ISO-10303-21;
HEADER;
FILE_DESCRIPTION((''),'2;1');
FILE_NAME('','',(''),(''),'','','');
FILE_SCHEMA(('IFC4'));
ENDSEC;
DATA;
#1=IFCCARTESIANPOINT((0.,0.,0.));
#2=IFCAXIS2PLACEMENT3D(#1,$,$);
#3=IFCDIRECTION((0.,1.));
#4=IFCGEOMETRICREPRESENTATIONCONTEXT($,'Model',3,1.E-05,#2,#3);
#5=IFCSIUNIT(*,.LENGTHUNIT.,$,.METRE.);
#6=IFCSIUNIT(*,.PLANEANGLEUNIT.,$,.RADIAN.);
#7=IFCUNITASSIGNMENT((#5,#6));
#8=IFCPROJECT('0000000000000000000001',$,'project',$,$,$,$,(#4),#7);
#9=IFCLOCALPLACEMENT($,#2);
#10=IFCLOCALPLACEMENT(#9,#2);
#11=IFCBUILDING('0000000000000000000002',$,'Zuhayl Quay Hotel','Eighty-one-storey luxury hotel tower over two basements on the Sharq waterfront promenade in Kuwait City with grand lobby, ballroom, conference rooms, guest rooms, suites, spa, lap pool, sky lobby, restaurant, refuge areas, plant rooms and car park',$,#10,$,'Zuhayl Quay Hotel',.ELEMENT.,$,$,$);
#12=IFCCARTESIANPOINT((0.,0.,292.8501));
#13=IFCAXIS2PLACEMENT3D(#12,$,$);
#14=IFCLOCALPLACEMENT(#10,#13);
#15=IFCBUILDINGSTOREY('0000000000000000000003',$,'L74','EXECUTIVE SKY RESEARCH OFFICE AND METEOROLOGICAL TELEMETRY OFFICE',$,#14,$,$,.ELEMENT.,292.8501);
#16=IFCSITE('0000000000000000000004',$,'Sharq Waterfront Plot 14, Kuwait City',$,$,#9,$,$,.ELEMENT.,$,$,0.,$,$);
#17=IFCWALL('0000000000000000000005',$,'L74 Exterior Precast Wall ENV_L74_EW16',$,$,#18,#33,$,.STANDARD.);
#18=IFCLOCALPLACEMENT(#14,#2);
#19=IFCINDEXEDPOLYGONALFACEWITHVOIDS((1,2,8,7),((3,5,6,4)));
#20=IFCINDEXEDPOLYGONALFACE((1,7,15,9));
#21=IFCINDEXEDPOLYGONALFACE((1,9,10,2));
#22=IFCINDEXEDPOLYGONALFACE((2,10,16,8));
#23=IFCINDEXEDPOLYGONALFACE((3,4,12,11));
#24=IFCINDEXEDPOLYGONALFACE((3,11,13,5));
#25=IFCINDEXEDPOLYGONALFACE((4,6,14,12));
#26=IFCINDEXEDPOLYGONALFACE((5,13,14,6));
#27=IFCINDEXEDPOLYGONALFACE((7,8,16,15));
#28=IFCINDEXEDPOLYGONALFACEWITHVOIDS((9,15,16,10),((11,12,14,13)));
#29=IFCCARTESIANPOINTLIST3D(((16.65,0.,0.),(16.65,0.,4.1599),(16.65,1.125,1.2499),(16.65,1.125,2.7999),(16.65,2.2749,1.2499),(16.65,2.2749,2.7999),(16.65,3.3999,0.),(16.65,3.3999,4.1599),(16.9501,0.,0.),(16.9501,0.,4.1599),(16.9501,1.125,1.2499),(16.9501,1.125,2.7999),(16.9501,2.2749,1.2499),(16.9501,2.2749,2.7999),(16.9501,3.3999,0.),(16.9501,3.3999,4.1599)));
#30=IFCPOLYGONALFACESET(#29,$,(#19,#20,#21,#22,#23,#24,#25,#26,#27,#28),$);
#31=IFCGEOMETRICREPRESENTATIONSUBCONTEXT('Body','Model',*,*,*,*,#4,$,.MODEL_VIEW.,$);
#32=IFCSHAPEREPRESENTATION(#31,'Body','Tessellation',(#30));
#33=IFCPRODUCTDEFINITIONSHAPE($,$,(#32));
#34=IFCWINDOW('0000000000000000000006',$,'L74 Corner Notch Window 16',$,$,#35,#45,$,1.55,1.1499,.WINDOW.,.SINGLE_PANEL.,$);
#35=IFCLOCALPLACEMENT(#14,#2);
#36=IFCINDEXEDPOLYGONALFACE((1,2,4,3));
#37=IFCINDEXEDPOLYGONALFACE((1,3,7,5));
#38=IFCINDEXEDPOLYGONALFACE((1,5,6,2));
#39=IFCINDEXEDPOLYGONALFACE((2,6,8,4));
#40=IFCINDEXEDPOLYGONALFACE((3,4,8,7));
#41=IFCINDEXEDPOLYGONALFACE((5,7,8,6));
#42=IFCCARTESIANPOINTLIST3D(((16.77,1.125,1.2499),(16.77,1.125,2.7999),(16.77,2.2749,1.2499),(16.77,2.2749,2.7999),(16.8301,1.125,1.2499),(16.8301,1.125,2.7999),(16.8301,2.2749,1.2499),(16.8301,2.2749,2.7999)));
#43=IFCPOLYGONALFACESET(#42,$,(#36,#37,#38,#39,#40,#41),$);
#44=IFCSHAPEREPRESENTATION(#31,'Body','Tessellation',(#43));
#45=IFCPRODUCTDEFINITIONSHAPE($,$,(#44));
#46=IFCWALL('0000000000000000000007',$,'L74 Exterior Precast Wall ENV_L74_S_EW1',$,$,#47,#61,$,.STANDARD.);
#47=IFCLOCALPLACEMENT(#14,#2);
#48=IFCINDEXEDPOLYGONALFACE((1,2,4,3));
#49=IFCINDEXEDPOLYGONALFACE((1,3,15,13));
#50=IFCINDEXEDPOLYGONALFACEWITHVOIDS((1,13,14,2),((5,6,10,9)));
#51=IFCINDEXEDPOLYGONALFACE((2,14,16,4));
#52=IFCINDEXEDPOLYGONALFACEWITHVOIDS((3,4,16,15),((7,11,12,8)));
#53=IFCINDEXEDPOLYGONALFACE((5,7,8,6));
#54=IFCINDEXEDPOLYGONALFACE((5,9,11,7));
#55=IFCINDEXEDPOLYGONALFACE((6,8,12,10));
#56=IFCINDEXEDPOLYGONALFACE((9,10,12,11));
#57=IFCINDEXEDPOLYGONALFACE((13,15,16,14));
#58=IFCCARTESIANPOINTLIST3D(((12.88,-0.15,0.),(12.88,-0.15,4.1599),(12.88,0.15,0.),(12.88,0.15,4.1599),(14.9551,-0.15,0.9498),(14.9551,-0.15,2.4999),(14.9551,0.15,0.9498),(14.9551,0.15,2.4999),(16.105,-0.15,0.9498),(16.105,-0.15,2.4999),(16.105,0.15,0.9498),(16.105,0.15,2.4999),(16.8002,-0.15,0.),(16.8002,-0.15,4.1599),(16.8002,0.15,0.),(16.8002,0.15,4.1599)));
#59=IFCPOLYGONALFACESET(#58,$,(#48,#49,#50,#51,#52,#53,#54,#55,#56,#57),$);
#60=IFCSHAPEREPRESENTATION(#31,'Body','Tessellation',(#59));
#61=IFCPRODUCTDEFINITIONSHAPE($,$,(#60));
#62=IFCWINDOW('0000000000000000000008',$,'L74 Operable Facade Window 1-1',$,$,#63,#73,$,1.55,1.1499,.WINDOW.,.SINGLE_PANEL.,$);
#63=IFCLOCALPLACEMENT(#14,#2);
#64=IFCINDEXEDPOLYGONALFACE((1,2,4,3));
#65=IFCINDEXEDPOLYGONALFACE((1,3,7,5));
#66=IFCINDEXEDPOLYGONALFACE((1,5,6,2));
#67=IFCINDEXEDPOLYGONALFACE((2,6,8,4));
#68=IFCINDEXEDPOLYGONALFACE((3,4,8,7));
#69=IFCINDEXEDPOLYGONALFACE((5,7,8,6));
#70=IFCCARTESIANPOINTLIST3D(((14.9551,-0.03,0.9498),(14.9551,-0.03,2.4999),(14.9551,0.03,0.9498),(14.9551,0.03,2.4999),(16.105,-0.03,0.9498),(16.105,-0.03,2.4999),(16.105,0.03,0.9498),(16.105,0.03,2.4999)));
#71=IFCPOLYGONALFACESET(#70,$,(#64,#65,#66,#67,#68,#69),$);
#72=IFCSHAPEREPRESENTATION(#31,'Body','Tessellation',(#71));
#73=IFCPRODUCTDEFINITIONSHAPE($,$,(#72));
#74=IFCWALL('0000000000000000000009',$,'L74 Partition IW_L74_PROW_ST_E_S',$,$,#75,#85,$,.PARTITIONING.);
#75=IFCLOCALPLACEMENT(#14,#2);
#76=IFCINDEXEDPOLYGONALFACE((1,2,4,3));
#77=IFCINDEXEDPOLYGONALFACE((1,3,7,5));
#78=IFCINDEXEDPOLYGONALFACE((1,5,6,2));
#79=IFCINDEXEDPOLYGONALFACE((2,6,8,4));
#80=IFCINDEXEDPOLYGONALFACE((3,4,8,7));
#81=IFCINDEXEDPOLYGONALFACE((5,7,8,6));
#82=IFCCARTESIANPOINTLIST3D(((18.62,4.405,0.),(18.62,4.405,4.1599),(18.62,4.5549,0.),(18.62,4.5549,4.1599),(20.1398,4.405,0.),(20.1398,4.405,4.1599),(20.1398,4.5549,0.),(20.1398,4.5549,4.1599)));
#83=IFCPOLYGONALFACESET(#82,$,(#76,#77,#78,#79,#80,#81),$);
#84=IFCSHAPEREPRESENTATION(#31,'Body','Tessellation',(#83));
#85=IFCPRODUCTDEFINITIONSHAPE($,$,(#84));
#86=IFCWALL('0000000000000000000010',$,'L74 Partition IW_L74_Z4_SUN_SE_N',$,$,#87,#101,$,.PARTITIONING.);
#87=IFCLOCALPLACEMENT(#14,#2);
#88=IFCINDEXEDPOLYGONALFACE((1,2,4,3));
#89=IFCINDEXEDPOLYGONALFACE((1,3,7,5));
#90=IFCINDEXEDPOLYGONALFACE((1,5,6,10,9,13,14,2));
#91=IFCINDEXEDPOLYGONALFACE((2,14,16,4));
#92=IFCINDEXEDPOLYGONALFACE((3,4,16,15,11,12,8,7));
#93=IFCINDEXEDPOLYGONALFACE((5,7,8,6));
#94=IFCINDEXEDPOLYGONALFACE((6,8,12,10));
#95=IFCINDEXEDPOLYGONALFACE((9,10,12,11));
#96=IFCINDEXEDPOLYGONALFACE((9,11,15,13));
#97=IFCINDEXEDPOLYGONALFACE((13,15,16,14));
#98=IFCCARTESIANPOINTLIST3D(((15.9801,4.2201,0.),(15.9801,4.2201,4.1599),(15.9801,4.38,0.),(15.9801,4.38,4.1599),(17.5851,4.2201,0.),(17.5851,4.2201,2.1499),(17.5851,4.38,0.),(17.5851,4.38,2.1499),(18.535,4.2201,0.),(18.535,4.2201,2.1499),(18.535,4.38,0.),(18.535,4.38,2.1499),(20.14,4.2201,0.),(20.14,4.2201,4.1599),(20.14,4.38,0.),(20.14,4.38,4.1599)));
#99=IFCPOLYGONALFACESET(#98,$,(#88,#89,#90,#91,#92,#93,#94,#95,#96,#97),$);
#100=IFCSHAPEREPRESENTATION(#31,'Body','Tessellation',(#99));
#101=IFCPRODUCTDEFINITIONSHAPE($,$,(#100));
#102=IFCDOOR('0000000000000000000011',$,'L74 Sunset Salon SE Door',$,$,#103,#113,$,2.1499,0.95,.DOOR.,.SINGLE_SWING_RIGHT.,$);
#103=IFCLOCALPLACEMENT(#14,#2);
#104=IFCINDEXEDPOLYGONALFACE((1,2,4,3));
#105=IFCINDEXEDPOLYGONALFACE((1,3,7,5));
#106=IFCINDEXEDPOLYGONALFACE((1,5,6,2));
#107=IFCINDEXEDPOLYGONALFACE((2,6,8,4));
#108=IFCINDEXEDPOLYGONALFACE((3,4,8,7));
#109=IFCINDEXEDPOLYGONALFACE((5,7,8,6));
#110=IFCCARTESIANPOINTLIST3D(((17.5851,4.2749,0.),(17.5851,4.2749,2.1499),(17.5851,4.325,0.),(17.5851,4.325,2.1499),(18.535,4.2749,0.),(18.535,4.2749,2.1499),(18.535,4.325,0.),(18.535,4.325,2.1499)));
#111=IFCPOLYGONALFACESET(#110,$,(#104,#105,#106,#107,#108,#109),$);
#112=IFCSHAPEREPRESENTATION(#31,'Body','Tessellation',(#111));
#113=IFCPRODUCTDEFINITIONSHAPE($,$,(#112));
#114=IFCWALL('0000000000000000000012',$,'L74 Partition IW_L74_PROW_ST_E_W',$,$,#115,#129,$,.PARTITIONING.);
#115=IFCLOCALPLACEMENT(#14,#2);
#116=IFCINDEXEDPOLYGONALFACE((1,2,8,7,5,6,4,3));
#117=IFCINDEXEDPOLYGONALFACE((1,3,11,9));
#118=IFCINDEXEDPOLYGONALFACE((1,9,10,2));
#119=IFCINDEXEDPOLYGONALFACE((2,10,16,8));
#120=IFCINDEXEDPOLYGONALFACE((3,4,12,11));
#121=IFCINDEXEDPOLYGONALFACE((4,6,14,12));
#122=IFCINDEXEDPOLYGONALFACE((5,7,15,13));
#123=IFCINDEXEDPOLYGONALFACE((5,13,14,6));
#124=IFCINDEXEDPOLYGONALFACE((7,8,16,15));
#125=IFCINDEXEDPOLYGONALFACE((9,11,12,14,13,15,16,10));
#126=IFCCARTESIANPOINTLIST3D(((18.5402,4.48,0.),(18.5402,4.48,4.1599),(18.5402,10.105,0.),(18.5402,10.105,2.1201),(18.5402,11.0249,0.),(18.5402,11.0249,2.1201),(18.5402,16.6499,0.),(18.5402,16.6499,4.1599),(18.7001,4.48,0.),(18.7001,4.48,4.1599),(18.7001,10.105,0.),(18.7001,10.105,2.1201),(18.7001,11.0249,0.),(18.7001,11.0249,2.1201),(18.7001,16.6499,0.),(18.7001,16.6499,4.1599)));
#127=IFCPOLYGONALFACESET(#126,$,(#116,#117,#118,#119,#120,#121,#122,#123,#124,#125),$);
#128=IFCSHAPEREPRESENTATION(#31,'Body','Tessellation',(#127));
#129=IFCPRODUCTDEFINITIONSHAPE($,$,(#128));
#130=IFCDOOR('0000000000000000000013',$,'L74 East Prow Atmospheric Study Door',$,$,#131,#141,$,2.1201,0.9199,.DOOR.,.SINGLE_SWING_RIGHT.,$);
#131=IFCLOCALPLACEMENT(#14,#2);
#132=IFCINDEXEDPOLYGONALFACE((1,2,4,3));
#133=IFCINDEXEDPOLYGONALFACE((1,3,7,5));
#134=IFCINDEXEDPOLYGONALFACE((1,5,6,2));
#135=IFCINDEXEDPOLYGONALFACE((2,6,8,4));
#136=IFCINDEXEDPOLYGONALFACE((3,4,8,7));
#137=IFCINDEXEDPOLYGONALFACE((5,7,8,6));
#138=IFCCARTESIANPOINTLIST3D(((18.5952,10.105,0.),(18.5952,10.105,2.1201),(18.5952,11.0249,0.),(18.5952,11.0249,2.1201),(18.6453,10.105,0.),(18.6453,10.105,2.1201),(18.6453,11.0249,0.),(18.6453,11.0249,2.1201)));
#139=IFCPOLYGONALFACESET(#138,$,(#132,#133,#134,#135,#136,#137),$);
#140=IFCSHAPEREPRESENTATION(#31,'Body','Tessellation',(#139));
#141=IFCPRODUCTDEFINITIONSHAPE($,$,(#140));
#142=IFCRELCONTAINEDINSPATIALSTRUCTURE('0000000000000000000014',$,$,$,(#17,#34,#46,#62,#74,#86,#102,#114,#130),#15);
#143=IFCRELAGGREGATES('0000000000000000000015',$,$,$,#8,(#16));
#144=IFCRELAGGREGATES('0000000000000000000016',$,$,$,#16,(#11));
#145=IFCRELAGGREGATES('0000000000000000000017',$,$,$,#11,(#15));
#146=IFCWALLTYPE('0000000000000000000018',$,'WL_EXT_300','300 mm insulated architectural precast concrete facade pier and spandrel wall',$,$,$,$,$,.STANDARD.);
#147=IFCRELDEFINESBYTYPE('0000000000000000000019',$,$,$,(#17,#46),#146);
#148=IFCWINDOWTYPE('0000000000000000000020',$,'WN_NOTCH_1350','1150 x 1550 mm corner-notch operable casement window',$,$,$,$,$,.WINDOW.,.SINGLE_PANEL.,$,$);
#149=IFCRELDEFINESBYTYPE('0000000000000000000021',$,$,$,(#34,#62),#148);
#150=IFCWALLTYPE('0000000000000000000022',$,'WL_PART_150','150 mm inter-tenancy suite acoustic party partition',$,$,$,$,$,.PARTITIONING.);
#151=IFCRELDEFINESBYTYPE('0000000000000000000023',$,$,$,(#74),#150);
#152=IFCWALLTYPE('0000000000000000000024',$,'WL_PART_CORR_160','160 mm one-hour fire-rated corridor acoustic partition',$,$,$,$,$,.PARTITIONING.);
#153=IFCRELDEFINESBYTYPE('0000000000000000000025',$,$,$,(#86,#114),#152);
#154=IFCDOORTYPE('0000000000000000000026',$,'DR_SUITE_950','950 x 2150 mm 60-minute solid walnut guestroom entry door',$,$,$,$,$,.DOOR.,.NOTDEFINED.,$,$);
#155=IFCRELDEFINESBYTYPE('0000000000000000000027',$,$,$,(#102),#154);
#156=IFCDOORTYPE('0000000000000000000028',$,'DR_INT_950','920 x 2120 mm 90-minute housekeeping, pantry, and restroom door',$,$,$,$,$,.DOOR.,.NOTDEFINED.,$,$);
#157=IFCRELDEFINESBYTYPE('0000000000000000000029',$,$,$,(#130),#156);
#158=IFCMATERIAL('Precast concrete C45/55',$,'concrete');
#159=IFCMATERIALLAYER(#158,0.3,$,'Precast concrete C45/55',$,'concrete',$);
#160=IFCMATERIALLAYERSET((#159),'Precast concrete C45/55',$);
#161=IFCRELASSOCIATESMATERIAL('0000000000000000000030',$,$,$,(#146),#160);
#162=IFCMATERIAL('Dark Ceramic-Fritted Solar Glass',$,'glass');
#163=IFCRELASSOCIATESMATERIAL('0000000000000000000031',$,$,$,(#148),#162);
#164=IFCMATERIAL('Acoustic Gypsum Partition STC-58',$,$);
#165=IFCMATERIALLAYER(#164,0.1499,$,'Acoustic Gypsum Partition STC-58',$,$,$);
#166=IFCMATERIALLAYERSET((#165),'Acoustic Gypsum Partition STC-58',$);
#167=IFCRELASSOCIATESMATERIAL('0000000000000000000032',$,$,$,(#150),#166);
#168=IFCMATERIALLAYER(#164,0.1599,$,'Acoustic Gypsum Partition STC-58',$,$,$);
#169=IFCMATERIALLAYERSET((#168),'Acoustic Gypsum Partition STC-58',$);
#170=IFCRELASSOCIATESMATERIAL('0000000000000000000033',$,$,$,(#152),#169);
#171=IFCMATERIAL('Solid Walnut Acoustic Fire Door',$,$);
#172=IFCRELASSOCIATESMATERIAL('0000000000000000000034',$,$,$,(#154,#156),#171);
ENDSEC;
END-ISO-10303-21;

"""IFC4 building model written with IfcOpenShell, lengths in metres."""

from ifc_helpers import new_model, si_unit, direction, frame, frame_2d, origin, place, context, subcontext, project, spatial, rectangle, extrude, material, layer, layer_set, type_object, element, fill, save


model = new_model("IFC4")

# Units and contexts
model_context = context("Model", 3, precision=1e-05, world=origin(), true_north=direction((0.0, 1.0)))
body_context = subcontext(model_context, "Body", "Model", "MODEL_VIEW")
ifc_project = project(units=[si_unit("LENGTHUNIT", "METRE"), si_unit("PLANEANGLEUNIT", "RADIAN")], contexts=[model_context])

# Site, building, storey
site_placement = place(None, origin())
site = spatial("IfcSite", under=ifc_project, at=site_placement, Name="Sharq Waterfront Plot 14, Kuwait City", CompositionType="ELEMENT", RefElevation=0.0)
building_placement = place(site_placement, origin())
building = spatial("IfcBuilding", under=site, at=building_placement, Name="Zuhayl Quay Hotel", Description="Eighty-one-storey luxury hotel tower over two basements on the Sharq waterfront promenade in Kuwait City with grand lobby, ballroom, conference rooms, guest rooms, suites, spa, lap pool, sky lobby, restaurant, refuge areas, plant rooms and car park", LongName="Zuhayl Quay Hotel", CompositionType="ELEMENT")
storey_placement = place(building_placement, frame((0.0, 0.0, 292.8501)))
storey = spatial("IfcBuildingStorey", under=building, at=storey_placement, Name="L74", Description="EXECUTIVE SKY RESEARCH OFFICE AND METEOROLOGICAL TELEMETRY OFFICE", CompositionType="ELEMENT", Elevation=292.8501)

# Shared definitions
ifc_material_1 = material(Name="Dark Ceramic-Fritted Solar Glass", Category="glass")

# Shared definitions
ifc_material_2 = material(Name="Precast concrete C45/55", Category="concrete")
ifc_layer_1 = layer(ifc_material_2, 0.3, Name="Precast concrete C45/55", Category="concrete")
ifc_layer_set_1 = layer_set([ifc_layer_1], Name="Precast concrete C45/55")
wall_type_1 = type_object("IfcWallType", Name="WL_EXT_300", Description="300 mm insulated architectural precast concrete facade pier and spandrel wall", PredefinedType="STANDARD", material=ifc_layer_set_1)

# Walls, openings, windows
window_type = type_object("IfcWindowType", Name="WN_NOTCH_1350", Description="1150 x 1550 mm corner-notch operable casement window", PartitioningType="SINGLE_PANEL", PredefinedType="WINDOW", material=ifc_material_1)
wall_1_placement = place(storey_placement, frame((16.8, 3.3999, 0.0), z_axis=(0.0, 0.0, 1.0), x_axis=(0.0, -1.0, 0.0)))
wall_1 = element("IfcWall", 1, at=wall_1_placement, inside=storey, type_object=wall_type_1, Name="L74 Exterior Precast Wall ENV_L74_EW16", PredefinedType="STANDARD", context=body_context, shape_type="SweptSolid", body=[
    extrude(rectangle(XDim=3.3999, YDim=0.3, at=frame_2d((1.7, 0.0))), origin(), (0.0, 0.0, 1.0), 4.1599),
])
opening_1_placement = place(wall_1_placement, frame((1.125, 0.0, 1.25)))
opening_1 = element("IfcOpeningElement", 2, at=opening_1_placement, cuts=wall_1, PredefinedType="OPENING", context=body_context, shape_type="SweptSolid", body=[
    extrude(rectangle(XDim=1.1499, YDim=1.55, at=frame_2d((0.575, 0.7749))), frame((0.0, 0.1599, 0.0), z_axis=(0.0, -1.0, 0.0), x_axis=(1.0, 0.0, 0.0)), (0.0, 0.0, 1.0), 0.3201),
])
window_1_placement = place(opening_1_placement, origin())
window_1 = element("IfcWindow", 3, at=window_1_placement, inside=storey, type_object=window_type, Name="L74 Corner Notch Window 16", OverallHeight=1.55, OverallWidth=1.1499, PartitioningType="SINGLE_PANEL", PredefinedType="WINDOW", context=body_context, shape_type="SweptSolid", body=[
    extrude(rectangle(XDim=1.1499, YDim=1.55, at=frame_2d((0.575, 0.7749))), frame((0.0, 0.03, 0.0), z_axis=(0.0, -1.0, 0.0), x_axis=(1.0, 0.0, 0.0)), (0.0, 0.0, 1.0), 0.0601),
])
fill(opening_1, window_1)
wall_2_placement = place(storey_placement, frame((16.8, 0.0, 0.0), z_axis=(0.0, 0.0, 1.0), x_axis=(-1.0, 0.0, 0.0)))
wall_2 = element("IfcWall", 4, at=wall_2_placement, inside=storey, type_object=wall_type_1, Name="L74 Exterior Precast Wall ENV_L74_S_EW1", PredefinedType="STANDARD", context=body_context, shape_type="SweptSolid", body=[
    extrude(rectangle(XDim=3.9202, YDim=0.3, at=frame_2d((1.96, 0.0))), origin(), (0.0, 0.0, 1.0), 4.1599),
])
opening_2_placement = place(wall_2_placement, frame((0.6951, 0.0, 0.95)))
opening_2 = element("IfcOpeningElement", 5, at=opening_2_placement, cuts=wall_2, PredefinedType="OPENING", context=body_context, shape_type="SweptSolid", body=[
    extrude(rectangle(XDim=1.1499, YDim=1.55, at=frame_2d((0.575, 0.7749))), frame((0.0, 0.1599, 0.0), z_axis=(0.0, -1.0, 0.0), x_axis=(1.0, 0.0, 0.0)), (0.0, 0.0, 1.0), 0.3201),
])
window_2_placement = place(opening_2_placement, origin())
window_2 = element("IfcWindow", 6, at=window_2_placement, inside=storey, type_object=window_type, Name="L74 Operable Facade Window 1-1", OverallHeight=1.55, OverallWidth=1.1499, PartitioningType="SINGLE_PANEL", PredefinedType="WINDOW", context=body_context, shape_type="SweptSolid", body=[
    extrude(rectangle(XDim=1.1499, YDim=1.55, at=frame_2d((0.575, 0.7749))), frame((0.0, 0.03, 0.0), z_axis=(0.0, -1.0, 0.0), x_axis=(1.0, 0.0, 0.0)), (0.0, 0.0, 1.0), 0.0601),
])
fill(opening_2, window_2)

# Wall
ifc_material_3 = material(Name="Acoustic Gypsum Partition STC-58")
ifc_layer_2 = layer(ifc_material_3, 0.1499, Name="Acoustic Gypsum Partition STC-58")
ifc_layer_set_2 = layer_set([ifc_layer_2], Name="Acoustic Gypsum Partition STC-58")
wall_type_2 = type_object("IfcWallType", Name="WL_PART_150", Description="150 mm inter-tenancy suite acoustic party partition", PredefinedType="PARTITIONING", material=ifc_layer_set_2)
wall_3_placement = place(storey_placement, frame((18.6201, 4.48, 0.0), z_axis=(0.0, 0.0, 1.0), x_axis=(1.0, 0.0, 0.0)))
element("IfcWall", 7, at=wall_3_placement, inside=storey, type_object=wall_type_2, Name="L74 Partition IW_L74_PROW_ST_E_S", PredefinedType="PARTITIONING", context=body_context, shape_type="SweptSolid", body=[
    extrude(rectangle(XDim=1.5198, YDim=0.1499, at=frame_2d((0.7598, 0.0))), origin(), (0.0, 0.0, 1.0), 4.1599),
])

# Walls, openings, doors
ifc_layer_3 = layer(ifc_material_3, 0.1599, Name="Acoustic Gypsum Partition STC-58")
ifc_layer_set_3 = layer_set([ifc_layer_3], Name="Acoustic Gypsum Partition STC-58")
wall_type_3 = type_object("IfcWallType", Name="WL_PART_CORR_160", Description="160 mm one-hour fire-rated corridor acoustic partition", PredefinedType="PARTITIONING", material=ifc_layer_set_3)
wall_4_placement = place(storey_placement, frame((15.98, 4.3, 0.0), z_axis=(0.0, 0.0, 1.0), x_axis=(1.0, 0.0, 0.0)))
wall_4 = element("IfcWall", 8, at=wall_4_placement, inside=storey, type_object=wall_type_3, Name="L74 Partition IW_L74_Z4_SUN_SE_N", PredefinedType="PARTITIONING", context=body_context, shape_type="SweptSolid", body=[
    extrude(rectangle(XDim=4.1599, YDim=0.1599, at=frame_2d((2.0801, 0.0))), origin(), (0.0, 0.0, 1.0), 4.1599),
])
opening_3_placement = place(wall_4_placement, frame((1.605, 0.0, 0.0)))
opening_3 = element("IfcOpeningElement", 9, at=opening_3_placement, cuts=wall_4, PredefinedType="OPENING", context=body_context, shape_type="SweptSolid", body=[
    extrude(rectangle(XDim=0.95, YDim=2.1499, at=frame_2d((0.4751, 1.075))), frame((0.0, 0.0898, 0.0), z_axis=(0.0, -1.0, 0.0), x_axis=(1.0, 0.0, 0.0)), (0.0, 0.0, 1.0), 0.1799),
])
ifc_material_4 = material(Name="Solid Walnut Acoustic Fire Door")
door_type_1 = type_object("IfcDoorType", Name="DR_SUITE_950", Description="950 x 2150 mm 60-minute solid walnut guestroom entry door", OperationType="NOTDEFINED", PredefinedType="DOOR", material=ifc_material_4)
door_1_placement = place(opening_3_placement, origin())
door_1 = element("IfcDoor", 10, at=door_1_placement, inside=storey, type_object=door_type_1, Name="L74 Sunset Salon SE Door", OperationType="SINGLE_SWING_RIGHT", OverallHeight=2.1499, OverallWidth=0.95, PredefinedType="DOOR", context=body_context, shape_type="SweptSolid", body=[
    extrude(rectangle(XDim=0.95, YDim=2.1499, at=frame_2d((0.4751, 1.075))), frame((0.0, 0.0249, 0.0), z_axis=(0.0, -1.0, 0.0), x_axis=(1.0, 0.0, 0.0)), (0.0, 0.0, 1.0), 0.05),
])
fill(opening_3, door_1)
wall_5_placement = place(storey_placement, frame((18.6201, 4.48, 0.0), z_axis=(0.0, 0.0, 1.0), x_axis=(0.0, 1.0, 0.0)))
wall_5 = element("IfcWall", 11, at=wall_5_placement, inside=storey, type_object=wall_type_3, Name="L74 Partition IW_L74_PROW_ST_E_W", PredefinedType="PARTITIONING", context=body_context, shape_type="SweptSolid", body=[
    extrude(rectangle(XDim=12.1699, YDim=0.1599, at=frame_2d((6.085, 0.0))), origin(), (0.0, 0.0, 1.0), 4.1599),
])
opening_4_placement = place(wall_5_placement, frame((5.625, 0.0, 0.0)))
opening_4 = element("IfcOpeningElement", 12, at=opening_4_placement, cuts=wall_5, PredefinedType="OPENING", context=body_context, shape_type="SweptSolid", body=[
    extrude(rectangle(XDim=0.9199, YDim=2.1201, at=frame_2d((0.46, 1.0601))), frame((0.0, 0.0898, 0.0), z_axis=(0.0, -1.0, 0.0), x_axis=(1.0, 0.0, 0.0)), (0.0, 0.0, 1.0), 0.1799),
])
door_type_2 = type_object("IfcDoorType", Name="DR_INT_950", Description="920 x 2120 mm 90-minute housekeeping, pantry, and restroom door", OperationType="NOTDEFINED", PredefinedType="DOOR", material=ifc_material_4)
door_2_placement = place(opening_4_placement, origin())
door_2 = element("IfcDoor", 13, at=door_2_placement, inside=storey, type_object=door_type_2, Name="L74 East Prow Atmospheric Study Door", OperationType="SINGLE_SWING_RIGHT", OverallHeight=2.1201, OverallWidth=0.9199, PredefinedType="DOOR", context=body_context, shape_type="SweptSolid", body=[
    extrude(rectangle(XDim=0.9199, YDim=2.1201, at=frame_2d((0.46, 1.0601))), frame((0.0, 0.0249, 0.0), z_axis=(0.0, -1.0, 0.0), x_axis=(1.0, 0.0, 0.0)), (0.0, 0.0, 1.0), 0.05),
])
fill(opening_4, door_2)

save(model, "model.ifc")
